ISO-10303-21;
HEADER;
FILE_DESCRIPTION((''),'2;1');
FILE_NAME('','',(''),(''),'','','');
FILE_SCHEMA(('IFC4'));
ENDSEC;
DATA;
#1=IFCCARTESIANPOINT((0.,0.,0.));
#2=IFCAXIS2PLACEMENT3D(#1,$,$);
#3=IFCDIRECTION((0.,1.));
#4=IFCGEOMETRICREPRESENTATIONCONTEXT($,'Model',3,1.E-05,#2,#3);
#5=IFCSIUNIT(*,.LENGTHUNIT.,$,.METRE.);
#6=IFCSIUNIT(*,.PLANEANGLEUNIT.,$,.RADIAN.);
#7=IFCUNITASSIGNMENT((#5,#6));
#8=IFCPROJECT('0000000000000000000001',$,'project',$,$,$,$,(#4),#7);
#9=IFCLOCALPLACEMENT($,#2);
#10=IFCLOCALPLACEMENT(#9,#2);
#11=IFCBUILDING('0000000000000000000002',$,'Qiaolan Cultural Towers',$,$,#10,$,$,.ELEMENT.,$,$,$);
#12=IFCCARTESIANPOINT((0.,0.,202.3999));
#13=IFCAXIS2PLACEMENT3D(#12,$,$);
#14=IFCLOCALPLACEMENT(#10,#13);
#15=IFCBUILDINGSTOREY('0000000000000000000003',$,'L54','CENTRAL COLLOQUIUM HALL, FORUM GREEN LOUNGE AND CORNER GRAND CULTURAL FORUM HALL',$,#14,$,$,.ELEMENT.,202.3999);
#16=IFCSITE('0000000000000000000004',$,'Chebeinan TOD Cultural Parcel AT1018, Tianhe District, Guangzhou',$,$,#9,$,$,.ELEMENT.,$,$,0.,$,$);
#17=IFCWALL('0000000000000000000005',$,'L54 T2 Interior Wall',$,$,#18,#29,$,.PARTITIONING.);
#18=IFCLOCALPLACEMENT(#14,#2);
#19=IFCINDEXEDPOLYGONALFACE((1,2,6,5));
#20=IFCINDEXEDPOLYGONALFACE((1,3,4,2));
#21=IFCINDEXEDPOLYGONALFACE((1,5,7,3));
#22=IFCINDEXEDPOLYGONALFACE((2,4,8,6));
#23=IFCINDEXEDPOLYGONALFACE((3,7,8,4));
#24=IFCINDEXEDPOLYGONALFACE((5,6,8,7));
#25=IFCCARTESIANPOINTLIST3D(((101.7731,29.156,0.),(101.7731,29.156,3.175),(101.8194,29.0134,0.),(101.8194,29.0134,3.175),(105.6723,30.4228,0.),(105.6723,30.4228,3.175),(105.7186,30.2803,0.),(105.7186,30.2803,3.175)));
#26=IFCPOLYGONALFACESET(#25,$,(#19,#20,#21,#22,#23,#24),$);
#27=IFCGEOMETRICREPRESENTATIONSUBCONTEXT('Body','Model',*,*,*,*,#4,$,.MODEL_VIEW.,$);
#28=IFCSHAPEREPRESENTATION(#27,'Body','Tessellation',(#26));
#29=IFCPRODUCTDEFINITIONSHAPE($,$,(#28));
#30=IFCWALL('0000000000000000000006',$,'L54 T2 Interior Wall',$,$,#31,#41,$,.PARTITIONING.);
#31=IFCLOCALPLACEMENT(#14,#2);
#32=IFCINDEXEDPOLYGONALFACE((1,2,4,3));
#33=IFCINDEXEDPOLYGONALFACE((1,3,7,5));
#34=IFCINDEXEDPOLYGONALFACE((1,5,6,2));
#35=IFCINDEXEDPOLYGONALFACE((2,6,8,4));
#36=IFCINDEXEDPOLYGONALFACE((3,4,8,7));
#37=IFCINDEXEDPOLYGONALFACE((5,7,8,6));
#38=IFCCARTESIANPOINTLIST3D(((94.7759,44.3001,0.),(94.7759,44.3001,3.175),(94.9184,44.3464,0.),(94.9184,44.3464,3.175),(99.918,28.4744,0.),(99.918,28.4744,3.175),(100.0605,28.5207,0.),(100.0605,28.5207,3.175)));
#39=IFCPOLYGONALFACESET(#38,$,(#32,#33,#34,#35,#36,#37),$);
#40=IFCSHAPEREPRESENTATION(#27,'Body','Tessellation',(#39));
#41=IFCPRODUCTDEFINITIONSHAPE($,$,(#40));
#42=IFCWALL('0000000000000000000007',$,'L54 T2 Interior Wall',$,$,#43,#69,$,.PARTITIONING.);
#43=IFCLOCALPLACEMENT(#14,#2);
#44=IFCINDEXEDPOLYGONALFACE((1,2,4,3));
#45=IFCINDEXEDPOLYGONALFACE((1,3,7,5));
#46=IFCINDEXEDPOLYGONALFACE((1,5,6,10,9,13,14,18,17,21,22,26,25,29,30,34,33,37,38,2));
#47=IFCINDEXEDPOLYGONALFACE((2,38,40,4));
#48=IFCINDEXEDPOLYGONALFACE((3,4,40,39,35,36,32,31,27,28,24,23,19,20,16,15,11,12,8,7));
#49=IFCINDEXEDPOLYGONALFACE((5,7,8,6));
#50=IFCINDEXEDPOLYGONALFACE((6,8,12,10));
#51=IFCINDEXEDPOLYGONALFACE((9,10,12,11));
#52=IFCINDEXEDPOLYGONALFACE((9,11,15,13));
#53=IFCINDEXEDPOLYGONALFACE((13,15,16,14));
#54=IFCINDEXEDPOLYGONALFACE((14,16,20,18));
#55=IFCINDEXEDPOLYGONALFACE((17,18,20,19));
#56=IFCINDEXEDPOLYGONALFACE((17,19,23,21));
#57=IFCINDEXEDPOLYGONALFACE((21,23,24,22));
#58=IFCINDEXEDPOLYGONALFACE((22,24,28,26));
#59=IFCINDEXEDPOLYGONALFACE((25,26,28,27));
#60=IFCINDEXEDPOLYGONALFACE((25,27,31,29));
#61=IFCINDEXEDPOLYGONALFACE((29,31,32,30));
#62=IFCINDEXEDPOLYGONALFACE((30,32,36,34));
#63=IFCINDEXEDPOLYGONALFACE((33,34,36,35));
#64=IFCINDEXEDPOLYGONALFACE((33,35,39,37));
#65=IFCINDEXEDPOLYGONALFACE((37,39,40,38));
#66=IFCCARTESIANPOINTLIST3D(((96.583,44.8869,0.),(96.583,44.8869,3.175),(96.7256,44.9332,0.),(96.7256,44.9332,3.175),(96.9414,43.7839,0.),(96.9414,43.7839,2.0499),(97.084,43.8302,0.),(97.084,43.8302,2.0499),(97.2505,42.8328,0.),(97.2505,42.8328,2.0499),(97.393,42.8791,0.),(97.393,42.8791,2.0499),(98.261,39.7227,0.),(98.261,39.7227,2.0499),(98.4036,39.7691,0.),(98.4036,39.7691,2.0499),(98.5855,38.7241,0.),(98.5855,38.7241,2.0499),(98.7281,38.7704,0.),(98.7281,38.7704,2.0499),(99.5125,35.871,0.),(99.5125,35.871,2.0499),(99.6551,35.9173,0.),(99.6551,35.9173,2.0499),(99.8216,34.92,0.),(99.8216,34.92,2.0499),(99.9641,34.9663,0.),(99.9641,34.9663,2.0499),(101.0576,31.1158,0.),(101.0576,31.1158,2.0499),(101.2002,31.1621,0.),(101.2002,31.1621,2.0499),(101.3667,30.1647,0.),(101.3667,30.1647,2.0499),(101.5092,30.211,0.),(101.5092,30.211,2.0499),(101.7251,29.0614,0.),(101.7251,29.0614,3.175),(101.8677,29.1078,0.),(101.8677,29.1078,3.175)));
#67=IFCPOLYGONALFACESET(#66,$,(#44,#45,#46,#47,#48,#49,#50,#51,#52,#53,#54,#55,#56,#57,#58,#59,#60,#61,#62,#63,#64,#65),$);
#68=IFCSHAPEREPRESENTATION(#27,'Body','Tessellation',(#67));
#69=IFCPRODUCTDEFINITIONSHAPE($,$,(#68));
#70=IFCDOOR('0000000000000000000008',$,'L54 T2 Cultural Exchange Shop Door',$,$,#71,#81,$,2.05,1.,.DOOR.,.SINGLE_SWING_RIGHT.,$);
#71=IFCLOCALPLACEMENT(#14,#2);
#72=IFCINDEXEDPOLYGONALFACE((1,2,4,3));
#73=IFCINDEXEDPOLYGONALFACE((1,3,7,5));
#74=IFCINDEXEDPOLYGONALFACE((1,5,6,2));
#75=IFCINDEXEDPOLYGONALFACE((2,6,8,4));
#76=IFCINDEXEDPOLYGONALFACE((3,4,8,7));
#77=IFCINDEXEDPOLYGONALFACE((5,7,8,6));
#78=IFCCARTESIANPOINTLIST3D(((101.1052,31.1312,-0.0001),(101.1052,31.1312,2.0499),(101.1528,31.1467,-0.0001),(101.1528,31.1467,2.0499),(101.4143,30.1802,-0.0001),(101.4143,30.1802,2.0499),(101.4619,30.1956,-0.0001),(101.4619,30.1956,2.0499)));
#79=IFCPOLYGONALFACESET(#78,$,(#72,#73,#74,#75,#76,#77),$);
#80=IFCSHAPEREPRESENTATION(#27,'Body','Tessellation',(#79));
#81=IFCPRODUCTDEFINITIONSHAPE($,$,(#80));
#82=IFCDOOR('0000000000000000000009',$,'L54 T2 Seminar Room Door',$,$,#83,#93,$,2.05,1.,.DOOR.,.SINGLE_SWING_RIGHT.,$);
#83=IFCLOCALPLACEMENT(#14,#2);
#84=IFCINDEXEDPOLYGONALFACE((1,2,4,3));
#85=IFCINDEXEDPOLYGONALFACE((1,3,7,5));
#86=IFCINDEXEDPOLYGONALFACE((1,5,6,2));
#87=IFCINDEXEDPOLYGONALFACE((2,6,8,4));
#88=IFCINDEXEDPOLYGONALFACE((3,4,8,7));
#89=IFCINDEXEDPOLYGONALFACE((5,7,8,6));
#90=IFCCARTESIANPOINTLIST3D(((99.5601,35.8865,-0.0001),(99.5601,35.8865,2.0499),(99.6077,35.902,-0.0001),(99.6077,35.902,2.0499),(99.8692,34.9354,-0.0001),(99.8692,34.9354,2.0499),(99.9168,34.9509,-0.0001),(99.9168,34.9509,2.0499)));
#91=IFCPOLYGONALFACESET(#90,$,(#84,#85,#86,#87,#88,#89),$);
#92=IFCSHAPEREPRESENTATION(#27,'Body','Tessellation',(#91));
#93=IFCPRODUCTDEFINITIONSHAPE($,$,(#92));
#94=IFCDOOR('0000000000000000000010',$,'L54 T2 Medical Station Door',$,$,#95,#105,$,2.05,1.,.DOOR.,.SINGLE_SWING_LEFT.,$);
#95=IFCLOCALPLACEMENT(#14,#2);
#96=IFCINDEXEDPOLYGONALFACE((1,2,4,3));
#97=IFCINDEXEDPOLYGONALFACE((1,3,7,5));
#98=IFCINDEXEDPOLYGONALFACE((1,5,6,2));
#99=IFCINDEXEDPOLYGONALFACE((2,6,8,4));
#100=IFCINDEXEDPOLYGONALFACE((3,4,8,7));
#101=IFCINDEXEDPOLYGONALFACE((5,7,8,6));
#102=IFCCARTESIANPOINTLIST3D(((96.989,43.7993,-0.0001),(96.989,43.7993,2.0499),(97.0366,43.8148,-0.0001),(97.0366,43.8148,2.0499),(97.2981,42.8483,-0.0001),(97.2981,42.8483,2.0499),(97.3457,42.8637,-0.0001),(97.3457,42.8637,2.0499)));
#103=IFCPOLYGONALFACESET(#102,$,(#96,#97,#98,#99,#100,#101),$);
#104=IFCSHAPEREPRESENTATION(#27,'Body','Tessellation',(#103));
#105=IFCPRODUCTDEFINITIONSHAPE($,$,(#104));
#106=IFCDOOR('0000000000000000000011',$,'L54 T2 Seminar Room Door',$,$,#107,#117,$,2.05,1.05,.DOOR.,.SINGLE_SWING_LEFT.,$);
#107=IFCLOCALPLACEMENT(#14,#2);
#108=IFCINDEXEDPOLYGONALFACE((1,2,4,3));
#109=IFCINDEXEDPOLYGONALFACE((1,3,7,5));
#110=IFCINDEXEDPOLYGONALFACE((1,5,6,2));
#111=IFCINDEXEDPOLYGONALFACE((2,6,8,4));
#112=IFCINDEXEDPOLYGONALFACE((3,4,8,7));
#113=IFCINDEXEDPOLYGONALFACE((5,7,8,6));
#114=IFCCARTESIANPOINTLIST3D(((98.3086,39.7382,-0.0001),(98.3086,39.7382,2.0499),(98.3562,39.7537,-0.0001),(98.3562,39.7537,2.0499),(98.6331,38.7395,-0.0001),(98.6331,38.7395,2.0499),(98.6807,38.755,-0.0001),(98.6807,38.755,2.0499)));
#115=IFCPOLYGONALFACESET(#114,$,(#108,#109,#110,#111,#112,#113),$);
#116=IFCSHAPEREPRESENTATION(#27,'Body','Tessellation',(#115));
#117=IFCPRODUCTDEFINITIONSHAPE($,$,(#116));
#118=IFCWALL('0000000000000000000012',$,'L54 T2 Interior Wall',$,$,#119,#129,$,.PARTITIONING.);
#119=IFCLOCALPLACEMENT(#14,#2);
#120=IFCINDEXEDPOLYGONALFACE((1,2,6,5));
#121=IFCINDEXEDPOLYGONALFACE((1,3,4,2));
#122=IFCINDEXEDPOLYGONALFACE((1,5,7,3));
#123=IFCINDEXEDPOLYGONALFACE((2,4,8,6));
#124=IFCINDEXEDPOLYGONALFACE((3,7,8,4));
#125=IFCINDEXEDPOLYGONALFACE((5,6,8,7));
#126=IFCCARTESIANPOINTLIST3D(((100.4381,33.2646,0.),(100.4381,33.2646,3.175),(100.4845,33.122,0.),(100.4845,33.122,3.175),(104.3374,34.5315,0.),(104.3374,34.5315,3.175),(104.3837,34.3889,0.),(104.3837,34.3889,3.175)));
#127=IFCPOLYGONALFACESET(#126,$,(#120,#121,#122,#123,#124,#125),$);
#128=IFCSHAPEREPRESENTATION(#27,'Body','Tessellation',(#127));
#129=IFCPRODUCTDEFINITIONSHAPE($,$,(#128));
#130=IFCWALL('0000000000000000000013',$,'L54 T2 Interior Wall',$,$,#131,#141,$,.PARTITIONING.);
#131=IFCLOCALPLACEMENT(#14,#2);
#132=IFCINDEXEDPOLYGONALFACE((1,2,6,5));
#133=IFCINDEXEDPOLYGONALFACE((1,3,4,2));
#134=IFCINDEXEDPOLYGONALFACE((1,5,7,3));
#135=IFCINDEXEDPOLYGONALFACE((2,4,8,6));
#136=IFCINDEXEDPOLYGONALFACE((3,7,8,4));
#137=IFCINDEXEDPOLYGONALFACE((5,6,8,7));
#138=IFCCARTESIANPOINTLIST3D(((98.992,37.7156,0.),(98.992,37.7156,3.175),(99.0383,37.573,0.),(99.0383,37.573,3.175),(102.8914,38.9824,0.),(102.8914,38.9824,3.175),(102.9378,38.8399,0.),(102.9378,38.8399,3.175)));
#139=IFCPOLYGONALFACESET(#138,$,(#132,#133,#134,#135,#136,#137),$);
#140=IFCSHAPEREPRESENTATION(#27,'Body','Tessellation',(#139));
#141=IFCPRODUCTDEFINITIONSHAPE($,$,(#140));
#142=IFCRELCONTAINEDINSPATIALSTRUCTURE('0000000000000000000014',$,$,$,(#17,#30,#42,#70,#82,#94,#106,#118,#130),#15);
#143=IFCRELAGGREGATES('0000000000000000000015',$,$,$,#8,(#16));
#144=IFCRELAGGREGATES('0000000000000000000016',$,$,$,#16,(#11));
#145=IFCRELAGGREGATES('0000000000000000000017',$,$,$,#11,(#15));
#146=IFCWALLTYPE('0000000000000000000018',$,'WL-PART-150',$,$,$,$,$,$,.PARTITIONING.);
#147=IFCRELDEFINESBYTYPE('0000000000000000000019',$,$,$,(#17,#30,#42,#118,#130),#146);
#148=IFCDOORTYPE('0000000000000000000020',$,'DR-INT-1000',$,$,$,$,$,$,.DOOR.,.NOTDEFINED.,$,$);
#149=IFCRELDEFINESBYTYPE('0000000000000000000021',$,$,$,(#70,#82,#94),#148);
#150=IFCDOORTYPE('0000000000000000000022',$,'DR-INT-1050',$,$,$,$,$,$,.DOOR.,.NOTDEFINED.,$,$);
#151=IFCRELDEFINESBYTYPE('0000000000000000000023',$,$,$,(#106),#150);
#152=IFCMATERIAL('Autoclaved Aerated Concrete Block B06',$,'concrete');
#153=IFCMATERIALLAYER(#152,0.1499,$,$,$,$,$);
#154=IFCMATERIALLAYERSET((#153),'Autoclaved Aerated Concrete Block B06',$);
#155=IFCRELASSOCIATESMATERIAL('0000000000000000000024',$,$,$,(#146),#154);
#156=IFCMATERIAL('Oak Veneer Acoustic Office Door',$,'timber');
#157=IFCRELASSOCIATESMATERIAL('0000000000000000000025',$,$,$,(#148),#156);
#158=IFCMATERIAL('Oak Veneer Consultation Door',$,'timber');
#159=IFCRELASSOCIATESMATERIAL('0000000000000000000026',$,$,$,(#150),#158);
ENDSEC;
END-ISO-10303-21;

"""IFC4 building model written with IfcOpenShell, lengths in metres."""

from ifc_helpers import new_model, si_unit, direction, frame, frame_2d, origin, place, context, subcontext, project, spatial, rectangle, extrude, material, layer, layer_set, type_object, element, fill, save


model = new_model("IFC4")

# Units and contexts
model_context = context("Model", 3, precision=1e-05, world=origin(), true_north=direction((0.0, 1.0)))
body_context = subcontext(model_context, "Body", "Model", "MODEL_VIEW")
ifc_project = project(units=[si_unit("LENGTHUNIT", "METRE"), si_unit("PLANEANGLEUNIT", "RADIAN")], contexts=[model_context])

# Site, building, storey
site_placement = place(None, origin())
site = spatial("IfcSite", under=ifc_project, at=site_placement, Name="Chebeinan TOD Cultural Parcel AT1018, Tianhe District, Guangzhou", CompositionType="ELEMENT", RefElevation=0.0)
building_placement = place(site_placement, origin())
building = spatial("IfcBuilding", under=site, at=building_placement, Name="Qiaolan Cultural Towers", CompositionType="ELEMENT")
storey_placement = place(building_placement, frame((0.0, 0.0, 202.3999)))
storey = spatial("IfcBuildingStorey", under=building, at=storey_placement, Name="L54", Description="CENTRAL COLLOQUIUM HALL, FORUM GREEN LOUNGE AND CORNER GRAND CULTURAL FORUM HALL", CompositionType="ELEMENT", Elevation=202.3999)

# Shared definitions
ifc_material_1 = material(Name="Autoclaved Aerated Concrete Block B06", Category="concrete")
ifc_layer_1 = layer(ifc_material_1, 0.1499)
ifc_layer_set_1 = layer_set([ifc_layer_1], Name="Autoclaved Aerated Concrete Block B06")
wall_type_1 = type_object("IfcWallType", Name="WL-PART-150", PredefinedType="PARTITIONING", material=ifc_layer_set_1)

# Shared definitions
ifc_material_2 = material(Name="Oak Veneer Acoustic Office Door", Category="timber")
door_type_1 = type_object("IfcDoorType", Name="DR-INT-1000", OperationType="NOTDEFINED", PredefinedType="DOOR", material=ifc_material_2)

# Walls
wall_1_placement = place(storey_placement, frame((101.7964, 29.0847, 0.0), z_axis=(0.0, 0.0, 1.0), x_axis=(0.951062, 0.309001, 0.0)))
element("IfcWall", 1, at=wall_1_placement, inside=storey, type_object=wall_type_1, Name="L54 T2 Interior Wall", PredefinedType="PARTITIONING", context=body_context, shape_type="SweptSolid", body=[
    extrude(rectangle(XDim=4.0999, YDim=0.1499, at=frame_2d((2.0498, 0.0))), origin(), (0.0, 0.0, 1.0), 3.175),
])
wall_2_placement = place(storey_placement, frame((99.9893, 28.4976, 0.0), z_axis=(0.0, 0.0, 1.0), x_axis=(-0.309018, 0.951056, 0.0)))
element("IfcWall", 2, at=wall_2_placement, inside=storey, type_object=wall_type_1, Name="L54 T2 Interior Wall", PredefinedType="PARTITIONING", context=body_context, shape_type="SweptSolid", body=[
    extrude(rectangle(XDim=16.6401, YDim=0.1499, at=frame_2d((8.3201, 0.0))), origin(), (0.0, 0.0, 1.0), 3.175),
])

# Wall, openings, doors
wall_3_placement = place(storey_placement, frame((101.7964, 29.0847, 0.0), z_axis=(0.0, 0.0, 1.0), x_axis=(-0.309022, 0.951055, 0.0)))
wall_3 = element("IfcWall", 3, at=wall_3_placement, inside=storey, type_object=wall_type_1, Name="L54 T2 Interior Wall", PredefinedType="PARTITIONING", context=body_context, shape_type="SweptSolid", body=[
    extrude(rectangle(XDim=16.6399, YDim=0.1499, at=frame_2d((8.3198, 0.0))), origin(), (0.0, 0.0, 1.0), 3.175),
])
opening_1_placement = place(wall_3_placement, frame((1.1599, 0.0, 0.0)))
opening_1 = element("IfcOpeningElement", 4, at=opening_1_placement, cuts=wall_3, PredefinedType="OPENING", context=body_context, shape_type="SweptSolid", body=[
    extrude(rectangle(XDim=1.0, YDim=2.05, at=frame_2d((0.5, 1.0249))), frame((0.0, 0.085, 0.0), z_axis=(0.0, -1.0, 0.0), x_axis=(1.0, 0.0, 0.0)), (0.0, 0.0, 1.0), 0.1699),
])
opening_2_placement = place(wall_3_placement, frame((6.1599, 0.0, 0.0)))
opening_2 = element("IfcOpeningElement", 5, at=opening_2_placement, cuts=wall_3, PredefinedType="OPENING", context=body_context, shape_type="SweptSolid", body=[
    extrude(rectangle(XDim=1.0, YDim=2.05, at=frame_2d((0.5, 1.0249))), frame((0.0, 0.085, 0.0), z_axis=(0.0, -1.0, 0.0), x_axis=(1.0, 0.0, 0.0)), (0.0, 0.0, 1.0), 0.1699),
])
opening_3_placement = place(wall_3_placement, frame((10.1599, 0.0, 0.0)))
opening_3 = element("IfcOpeningElement", 6, at=opening_3_placement, cuts=wall_3, PredefinedType="OPENING", context=body_context, shape_type="SweptSolid", body=[
    extrude(rectangle(XDim=1.05, YDim=2.05, at=frame_2d((0.5249, 1.0249))), frame((0.0, 0.085, 0.0), z_axis=(0.0, -1.0, 0.0), x_axis=(1.0, 0.0, 0.0)), (0.0, 0.0, 1.0), 0.1699),
])
opening_4_placement = place(wall_3_placement, frame((14.48, 0.0, 0.0)))
opening_4 = element("IfcOpeningElement", 7, at=opening_4_placement, cuts=wall_3, PredefinedType="OPENING", context=body_context, shape_type="SweptSolid", body=[
    extrude(rectangle(XDim=1.0, YDim=2.05, at=frame_2d((0.5, 1.0249))), frame((0.0, 0.085, 0.0), z_axis=(0.0, -1.0, 0.0), x_axis=(1.0, 0.0, 0.0)), (0.0, 0.0, 1.0), 0.1699),
])
door_1_placement = place(opening_1_placement, origin())
door_1 = element("IfcDoor", 8, at=door_1_placement, inside=storey, type_object=door_type_1, Name="L54 T2 Cultural Exchange Shop Door", OperationType="SINGLE_SWING_RIGHT", OverallHeight=2.05, OverallWidth=1.0, PredefinedType="DOOR", context=body_context, shape_type="SweptSolid", body=[
    extrude(rectangle(XDim=1.0, YDim=2.05, at=frame_2d((0.5, 1.0249))), frame((0.0, 0.0249, 0.0), z_axis=(0.0, -1.0, 0.0), x_axis=(1.0, 0.0, 0.0)), (0.0, 0.0, 1.0), 0.05),
])
fill(opening_1, door_1)
door_2_placement = place(opening_2_placement, origin())
door_2 = element("IfcDoor", 9, at=door_2_placement, inside=storey, type_object=door_type_1, Name="L54 T2 Seminar Room Door", OperationType="SINGLE_SWING_RIGHT", OverallHeight=2.05, OverallWidth=1.0, PredefinedType="DOOR", context=body_context, shape_type="SweptSolid", body=[
    extrude(rectangle(XDim=1.0, YDim=2.05, at=frame_2d((0.5, 1.0249))), frame((0.0, 0.0249, 0.0), z_axis=(0.0, -1.0, 0.0), x_axis=(1.0, 0.0, 0.0)), (0.0, 0.0, 1.0), 0.05),
])
fill(opening_2, door_2)
door_3_placement = place(opening_4_placement, origin())
door_3 = element("IfcDoor", 10, at=door_3_placement, inside=storey, type_object=door_type_1, Name="L54 T2 Medical Station Door", OperationType="SINGLE_SWING_LEFT", OverallHeight=2.05, OverallWidth=1.0, PredefinedType="DOOR", context=body_context, shape_type="SweptSolid", body=[
    extrude(rectangle(XDim=1.0, YDim=2.05, at=frame_2d((0.5, 1.0249))), frame((0.0, 0.0249, 0.0), z_axis=(0.0, -1.0, 0.0), x_axis=(1.0, 0.0, 0.0)), (0.0, 0.0, 1.0), 0.05),
])
fill(opening_4, door_3)
ifc_material_3 = material(Name="Oak Veneer Consultation Door", Category="timber")
door_type_2 = type_object("IfcDoorType", Name="DR-INT-1050", OperationType="NOTDEFINED", PredefinedType="DOOR", material=ifc_material_3)
door_4_placement = place(opening_3_placement, origin())
door_4 = element("IfcDoor", 11, at=door_4_placement, inside=storey, type_object=door_type_2, Name="L54 T2 Seminar Room Door", OperationType="SINGLE_SWING_LEFT", OverallHeight=2.05, OverallWidth=1.05, PredefinedType="DOOR", context=body_context, shape_type="SweptSolid", body=[
    extrude(rectangle(XDim=1.05, YDim=2.05, at=frame_2d((0.5249, 1.0249))), frame((0.0, 0.0249, 0.0), z_axis=(0.0, -1.0, 0.0), x_axis=(1.0, 0.0, 0.0)), (0.0, 0.0, 1.0), 0.05),
])
fill(opening_3, door_4)

# Walls
wall_4_placement = place(storey_placement, frame((100.4614, 33.1934, 0.0), z_axis=(0.0, 0.0, 1.0), x_axis=(0.951062, 0.309001, 0.0)))
element("IfcWall", 12, at=wall_4_placement, inside=storey, type_object=wall_type_1, Name="L54 T2 Interior Wall", PredefinedType="PARTITIONING", context=body_context, shape_type="SweptSolid", body=[
    extrude(rectangle(XDim=4.0999, YDim=0.1499, at=frame_2d((2.0498, 0.0))), origin(), (0.0, 0.0, 1.0), 3.175),
])
wall_5_placement = place(storey_placement, frame((99.0151, 37.6443, 0.0), z_axis=(0.0, 0.0, 1.0), x_axis=(0.951067, 0.308984, 0.0)))
element("IfcWall", 13, at=wall_5_placement, inside=storey, type_object=wall_type_1, Name="L54 T2 Interior Wall", PredefinedType="PARTITIONING", context=body_context, shape_type="SweptSolid", body=[
    extrude(rectangle(XDim=4.1001, YDim=0.1499, at=frame_2d((2.05, 0.0))), origin(), (0.0, 0.0, 1.0), 3.175),
])

save(model, "model.ifc")
